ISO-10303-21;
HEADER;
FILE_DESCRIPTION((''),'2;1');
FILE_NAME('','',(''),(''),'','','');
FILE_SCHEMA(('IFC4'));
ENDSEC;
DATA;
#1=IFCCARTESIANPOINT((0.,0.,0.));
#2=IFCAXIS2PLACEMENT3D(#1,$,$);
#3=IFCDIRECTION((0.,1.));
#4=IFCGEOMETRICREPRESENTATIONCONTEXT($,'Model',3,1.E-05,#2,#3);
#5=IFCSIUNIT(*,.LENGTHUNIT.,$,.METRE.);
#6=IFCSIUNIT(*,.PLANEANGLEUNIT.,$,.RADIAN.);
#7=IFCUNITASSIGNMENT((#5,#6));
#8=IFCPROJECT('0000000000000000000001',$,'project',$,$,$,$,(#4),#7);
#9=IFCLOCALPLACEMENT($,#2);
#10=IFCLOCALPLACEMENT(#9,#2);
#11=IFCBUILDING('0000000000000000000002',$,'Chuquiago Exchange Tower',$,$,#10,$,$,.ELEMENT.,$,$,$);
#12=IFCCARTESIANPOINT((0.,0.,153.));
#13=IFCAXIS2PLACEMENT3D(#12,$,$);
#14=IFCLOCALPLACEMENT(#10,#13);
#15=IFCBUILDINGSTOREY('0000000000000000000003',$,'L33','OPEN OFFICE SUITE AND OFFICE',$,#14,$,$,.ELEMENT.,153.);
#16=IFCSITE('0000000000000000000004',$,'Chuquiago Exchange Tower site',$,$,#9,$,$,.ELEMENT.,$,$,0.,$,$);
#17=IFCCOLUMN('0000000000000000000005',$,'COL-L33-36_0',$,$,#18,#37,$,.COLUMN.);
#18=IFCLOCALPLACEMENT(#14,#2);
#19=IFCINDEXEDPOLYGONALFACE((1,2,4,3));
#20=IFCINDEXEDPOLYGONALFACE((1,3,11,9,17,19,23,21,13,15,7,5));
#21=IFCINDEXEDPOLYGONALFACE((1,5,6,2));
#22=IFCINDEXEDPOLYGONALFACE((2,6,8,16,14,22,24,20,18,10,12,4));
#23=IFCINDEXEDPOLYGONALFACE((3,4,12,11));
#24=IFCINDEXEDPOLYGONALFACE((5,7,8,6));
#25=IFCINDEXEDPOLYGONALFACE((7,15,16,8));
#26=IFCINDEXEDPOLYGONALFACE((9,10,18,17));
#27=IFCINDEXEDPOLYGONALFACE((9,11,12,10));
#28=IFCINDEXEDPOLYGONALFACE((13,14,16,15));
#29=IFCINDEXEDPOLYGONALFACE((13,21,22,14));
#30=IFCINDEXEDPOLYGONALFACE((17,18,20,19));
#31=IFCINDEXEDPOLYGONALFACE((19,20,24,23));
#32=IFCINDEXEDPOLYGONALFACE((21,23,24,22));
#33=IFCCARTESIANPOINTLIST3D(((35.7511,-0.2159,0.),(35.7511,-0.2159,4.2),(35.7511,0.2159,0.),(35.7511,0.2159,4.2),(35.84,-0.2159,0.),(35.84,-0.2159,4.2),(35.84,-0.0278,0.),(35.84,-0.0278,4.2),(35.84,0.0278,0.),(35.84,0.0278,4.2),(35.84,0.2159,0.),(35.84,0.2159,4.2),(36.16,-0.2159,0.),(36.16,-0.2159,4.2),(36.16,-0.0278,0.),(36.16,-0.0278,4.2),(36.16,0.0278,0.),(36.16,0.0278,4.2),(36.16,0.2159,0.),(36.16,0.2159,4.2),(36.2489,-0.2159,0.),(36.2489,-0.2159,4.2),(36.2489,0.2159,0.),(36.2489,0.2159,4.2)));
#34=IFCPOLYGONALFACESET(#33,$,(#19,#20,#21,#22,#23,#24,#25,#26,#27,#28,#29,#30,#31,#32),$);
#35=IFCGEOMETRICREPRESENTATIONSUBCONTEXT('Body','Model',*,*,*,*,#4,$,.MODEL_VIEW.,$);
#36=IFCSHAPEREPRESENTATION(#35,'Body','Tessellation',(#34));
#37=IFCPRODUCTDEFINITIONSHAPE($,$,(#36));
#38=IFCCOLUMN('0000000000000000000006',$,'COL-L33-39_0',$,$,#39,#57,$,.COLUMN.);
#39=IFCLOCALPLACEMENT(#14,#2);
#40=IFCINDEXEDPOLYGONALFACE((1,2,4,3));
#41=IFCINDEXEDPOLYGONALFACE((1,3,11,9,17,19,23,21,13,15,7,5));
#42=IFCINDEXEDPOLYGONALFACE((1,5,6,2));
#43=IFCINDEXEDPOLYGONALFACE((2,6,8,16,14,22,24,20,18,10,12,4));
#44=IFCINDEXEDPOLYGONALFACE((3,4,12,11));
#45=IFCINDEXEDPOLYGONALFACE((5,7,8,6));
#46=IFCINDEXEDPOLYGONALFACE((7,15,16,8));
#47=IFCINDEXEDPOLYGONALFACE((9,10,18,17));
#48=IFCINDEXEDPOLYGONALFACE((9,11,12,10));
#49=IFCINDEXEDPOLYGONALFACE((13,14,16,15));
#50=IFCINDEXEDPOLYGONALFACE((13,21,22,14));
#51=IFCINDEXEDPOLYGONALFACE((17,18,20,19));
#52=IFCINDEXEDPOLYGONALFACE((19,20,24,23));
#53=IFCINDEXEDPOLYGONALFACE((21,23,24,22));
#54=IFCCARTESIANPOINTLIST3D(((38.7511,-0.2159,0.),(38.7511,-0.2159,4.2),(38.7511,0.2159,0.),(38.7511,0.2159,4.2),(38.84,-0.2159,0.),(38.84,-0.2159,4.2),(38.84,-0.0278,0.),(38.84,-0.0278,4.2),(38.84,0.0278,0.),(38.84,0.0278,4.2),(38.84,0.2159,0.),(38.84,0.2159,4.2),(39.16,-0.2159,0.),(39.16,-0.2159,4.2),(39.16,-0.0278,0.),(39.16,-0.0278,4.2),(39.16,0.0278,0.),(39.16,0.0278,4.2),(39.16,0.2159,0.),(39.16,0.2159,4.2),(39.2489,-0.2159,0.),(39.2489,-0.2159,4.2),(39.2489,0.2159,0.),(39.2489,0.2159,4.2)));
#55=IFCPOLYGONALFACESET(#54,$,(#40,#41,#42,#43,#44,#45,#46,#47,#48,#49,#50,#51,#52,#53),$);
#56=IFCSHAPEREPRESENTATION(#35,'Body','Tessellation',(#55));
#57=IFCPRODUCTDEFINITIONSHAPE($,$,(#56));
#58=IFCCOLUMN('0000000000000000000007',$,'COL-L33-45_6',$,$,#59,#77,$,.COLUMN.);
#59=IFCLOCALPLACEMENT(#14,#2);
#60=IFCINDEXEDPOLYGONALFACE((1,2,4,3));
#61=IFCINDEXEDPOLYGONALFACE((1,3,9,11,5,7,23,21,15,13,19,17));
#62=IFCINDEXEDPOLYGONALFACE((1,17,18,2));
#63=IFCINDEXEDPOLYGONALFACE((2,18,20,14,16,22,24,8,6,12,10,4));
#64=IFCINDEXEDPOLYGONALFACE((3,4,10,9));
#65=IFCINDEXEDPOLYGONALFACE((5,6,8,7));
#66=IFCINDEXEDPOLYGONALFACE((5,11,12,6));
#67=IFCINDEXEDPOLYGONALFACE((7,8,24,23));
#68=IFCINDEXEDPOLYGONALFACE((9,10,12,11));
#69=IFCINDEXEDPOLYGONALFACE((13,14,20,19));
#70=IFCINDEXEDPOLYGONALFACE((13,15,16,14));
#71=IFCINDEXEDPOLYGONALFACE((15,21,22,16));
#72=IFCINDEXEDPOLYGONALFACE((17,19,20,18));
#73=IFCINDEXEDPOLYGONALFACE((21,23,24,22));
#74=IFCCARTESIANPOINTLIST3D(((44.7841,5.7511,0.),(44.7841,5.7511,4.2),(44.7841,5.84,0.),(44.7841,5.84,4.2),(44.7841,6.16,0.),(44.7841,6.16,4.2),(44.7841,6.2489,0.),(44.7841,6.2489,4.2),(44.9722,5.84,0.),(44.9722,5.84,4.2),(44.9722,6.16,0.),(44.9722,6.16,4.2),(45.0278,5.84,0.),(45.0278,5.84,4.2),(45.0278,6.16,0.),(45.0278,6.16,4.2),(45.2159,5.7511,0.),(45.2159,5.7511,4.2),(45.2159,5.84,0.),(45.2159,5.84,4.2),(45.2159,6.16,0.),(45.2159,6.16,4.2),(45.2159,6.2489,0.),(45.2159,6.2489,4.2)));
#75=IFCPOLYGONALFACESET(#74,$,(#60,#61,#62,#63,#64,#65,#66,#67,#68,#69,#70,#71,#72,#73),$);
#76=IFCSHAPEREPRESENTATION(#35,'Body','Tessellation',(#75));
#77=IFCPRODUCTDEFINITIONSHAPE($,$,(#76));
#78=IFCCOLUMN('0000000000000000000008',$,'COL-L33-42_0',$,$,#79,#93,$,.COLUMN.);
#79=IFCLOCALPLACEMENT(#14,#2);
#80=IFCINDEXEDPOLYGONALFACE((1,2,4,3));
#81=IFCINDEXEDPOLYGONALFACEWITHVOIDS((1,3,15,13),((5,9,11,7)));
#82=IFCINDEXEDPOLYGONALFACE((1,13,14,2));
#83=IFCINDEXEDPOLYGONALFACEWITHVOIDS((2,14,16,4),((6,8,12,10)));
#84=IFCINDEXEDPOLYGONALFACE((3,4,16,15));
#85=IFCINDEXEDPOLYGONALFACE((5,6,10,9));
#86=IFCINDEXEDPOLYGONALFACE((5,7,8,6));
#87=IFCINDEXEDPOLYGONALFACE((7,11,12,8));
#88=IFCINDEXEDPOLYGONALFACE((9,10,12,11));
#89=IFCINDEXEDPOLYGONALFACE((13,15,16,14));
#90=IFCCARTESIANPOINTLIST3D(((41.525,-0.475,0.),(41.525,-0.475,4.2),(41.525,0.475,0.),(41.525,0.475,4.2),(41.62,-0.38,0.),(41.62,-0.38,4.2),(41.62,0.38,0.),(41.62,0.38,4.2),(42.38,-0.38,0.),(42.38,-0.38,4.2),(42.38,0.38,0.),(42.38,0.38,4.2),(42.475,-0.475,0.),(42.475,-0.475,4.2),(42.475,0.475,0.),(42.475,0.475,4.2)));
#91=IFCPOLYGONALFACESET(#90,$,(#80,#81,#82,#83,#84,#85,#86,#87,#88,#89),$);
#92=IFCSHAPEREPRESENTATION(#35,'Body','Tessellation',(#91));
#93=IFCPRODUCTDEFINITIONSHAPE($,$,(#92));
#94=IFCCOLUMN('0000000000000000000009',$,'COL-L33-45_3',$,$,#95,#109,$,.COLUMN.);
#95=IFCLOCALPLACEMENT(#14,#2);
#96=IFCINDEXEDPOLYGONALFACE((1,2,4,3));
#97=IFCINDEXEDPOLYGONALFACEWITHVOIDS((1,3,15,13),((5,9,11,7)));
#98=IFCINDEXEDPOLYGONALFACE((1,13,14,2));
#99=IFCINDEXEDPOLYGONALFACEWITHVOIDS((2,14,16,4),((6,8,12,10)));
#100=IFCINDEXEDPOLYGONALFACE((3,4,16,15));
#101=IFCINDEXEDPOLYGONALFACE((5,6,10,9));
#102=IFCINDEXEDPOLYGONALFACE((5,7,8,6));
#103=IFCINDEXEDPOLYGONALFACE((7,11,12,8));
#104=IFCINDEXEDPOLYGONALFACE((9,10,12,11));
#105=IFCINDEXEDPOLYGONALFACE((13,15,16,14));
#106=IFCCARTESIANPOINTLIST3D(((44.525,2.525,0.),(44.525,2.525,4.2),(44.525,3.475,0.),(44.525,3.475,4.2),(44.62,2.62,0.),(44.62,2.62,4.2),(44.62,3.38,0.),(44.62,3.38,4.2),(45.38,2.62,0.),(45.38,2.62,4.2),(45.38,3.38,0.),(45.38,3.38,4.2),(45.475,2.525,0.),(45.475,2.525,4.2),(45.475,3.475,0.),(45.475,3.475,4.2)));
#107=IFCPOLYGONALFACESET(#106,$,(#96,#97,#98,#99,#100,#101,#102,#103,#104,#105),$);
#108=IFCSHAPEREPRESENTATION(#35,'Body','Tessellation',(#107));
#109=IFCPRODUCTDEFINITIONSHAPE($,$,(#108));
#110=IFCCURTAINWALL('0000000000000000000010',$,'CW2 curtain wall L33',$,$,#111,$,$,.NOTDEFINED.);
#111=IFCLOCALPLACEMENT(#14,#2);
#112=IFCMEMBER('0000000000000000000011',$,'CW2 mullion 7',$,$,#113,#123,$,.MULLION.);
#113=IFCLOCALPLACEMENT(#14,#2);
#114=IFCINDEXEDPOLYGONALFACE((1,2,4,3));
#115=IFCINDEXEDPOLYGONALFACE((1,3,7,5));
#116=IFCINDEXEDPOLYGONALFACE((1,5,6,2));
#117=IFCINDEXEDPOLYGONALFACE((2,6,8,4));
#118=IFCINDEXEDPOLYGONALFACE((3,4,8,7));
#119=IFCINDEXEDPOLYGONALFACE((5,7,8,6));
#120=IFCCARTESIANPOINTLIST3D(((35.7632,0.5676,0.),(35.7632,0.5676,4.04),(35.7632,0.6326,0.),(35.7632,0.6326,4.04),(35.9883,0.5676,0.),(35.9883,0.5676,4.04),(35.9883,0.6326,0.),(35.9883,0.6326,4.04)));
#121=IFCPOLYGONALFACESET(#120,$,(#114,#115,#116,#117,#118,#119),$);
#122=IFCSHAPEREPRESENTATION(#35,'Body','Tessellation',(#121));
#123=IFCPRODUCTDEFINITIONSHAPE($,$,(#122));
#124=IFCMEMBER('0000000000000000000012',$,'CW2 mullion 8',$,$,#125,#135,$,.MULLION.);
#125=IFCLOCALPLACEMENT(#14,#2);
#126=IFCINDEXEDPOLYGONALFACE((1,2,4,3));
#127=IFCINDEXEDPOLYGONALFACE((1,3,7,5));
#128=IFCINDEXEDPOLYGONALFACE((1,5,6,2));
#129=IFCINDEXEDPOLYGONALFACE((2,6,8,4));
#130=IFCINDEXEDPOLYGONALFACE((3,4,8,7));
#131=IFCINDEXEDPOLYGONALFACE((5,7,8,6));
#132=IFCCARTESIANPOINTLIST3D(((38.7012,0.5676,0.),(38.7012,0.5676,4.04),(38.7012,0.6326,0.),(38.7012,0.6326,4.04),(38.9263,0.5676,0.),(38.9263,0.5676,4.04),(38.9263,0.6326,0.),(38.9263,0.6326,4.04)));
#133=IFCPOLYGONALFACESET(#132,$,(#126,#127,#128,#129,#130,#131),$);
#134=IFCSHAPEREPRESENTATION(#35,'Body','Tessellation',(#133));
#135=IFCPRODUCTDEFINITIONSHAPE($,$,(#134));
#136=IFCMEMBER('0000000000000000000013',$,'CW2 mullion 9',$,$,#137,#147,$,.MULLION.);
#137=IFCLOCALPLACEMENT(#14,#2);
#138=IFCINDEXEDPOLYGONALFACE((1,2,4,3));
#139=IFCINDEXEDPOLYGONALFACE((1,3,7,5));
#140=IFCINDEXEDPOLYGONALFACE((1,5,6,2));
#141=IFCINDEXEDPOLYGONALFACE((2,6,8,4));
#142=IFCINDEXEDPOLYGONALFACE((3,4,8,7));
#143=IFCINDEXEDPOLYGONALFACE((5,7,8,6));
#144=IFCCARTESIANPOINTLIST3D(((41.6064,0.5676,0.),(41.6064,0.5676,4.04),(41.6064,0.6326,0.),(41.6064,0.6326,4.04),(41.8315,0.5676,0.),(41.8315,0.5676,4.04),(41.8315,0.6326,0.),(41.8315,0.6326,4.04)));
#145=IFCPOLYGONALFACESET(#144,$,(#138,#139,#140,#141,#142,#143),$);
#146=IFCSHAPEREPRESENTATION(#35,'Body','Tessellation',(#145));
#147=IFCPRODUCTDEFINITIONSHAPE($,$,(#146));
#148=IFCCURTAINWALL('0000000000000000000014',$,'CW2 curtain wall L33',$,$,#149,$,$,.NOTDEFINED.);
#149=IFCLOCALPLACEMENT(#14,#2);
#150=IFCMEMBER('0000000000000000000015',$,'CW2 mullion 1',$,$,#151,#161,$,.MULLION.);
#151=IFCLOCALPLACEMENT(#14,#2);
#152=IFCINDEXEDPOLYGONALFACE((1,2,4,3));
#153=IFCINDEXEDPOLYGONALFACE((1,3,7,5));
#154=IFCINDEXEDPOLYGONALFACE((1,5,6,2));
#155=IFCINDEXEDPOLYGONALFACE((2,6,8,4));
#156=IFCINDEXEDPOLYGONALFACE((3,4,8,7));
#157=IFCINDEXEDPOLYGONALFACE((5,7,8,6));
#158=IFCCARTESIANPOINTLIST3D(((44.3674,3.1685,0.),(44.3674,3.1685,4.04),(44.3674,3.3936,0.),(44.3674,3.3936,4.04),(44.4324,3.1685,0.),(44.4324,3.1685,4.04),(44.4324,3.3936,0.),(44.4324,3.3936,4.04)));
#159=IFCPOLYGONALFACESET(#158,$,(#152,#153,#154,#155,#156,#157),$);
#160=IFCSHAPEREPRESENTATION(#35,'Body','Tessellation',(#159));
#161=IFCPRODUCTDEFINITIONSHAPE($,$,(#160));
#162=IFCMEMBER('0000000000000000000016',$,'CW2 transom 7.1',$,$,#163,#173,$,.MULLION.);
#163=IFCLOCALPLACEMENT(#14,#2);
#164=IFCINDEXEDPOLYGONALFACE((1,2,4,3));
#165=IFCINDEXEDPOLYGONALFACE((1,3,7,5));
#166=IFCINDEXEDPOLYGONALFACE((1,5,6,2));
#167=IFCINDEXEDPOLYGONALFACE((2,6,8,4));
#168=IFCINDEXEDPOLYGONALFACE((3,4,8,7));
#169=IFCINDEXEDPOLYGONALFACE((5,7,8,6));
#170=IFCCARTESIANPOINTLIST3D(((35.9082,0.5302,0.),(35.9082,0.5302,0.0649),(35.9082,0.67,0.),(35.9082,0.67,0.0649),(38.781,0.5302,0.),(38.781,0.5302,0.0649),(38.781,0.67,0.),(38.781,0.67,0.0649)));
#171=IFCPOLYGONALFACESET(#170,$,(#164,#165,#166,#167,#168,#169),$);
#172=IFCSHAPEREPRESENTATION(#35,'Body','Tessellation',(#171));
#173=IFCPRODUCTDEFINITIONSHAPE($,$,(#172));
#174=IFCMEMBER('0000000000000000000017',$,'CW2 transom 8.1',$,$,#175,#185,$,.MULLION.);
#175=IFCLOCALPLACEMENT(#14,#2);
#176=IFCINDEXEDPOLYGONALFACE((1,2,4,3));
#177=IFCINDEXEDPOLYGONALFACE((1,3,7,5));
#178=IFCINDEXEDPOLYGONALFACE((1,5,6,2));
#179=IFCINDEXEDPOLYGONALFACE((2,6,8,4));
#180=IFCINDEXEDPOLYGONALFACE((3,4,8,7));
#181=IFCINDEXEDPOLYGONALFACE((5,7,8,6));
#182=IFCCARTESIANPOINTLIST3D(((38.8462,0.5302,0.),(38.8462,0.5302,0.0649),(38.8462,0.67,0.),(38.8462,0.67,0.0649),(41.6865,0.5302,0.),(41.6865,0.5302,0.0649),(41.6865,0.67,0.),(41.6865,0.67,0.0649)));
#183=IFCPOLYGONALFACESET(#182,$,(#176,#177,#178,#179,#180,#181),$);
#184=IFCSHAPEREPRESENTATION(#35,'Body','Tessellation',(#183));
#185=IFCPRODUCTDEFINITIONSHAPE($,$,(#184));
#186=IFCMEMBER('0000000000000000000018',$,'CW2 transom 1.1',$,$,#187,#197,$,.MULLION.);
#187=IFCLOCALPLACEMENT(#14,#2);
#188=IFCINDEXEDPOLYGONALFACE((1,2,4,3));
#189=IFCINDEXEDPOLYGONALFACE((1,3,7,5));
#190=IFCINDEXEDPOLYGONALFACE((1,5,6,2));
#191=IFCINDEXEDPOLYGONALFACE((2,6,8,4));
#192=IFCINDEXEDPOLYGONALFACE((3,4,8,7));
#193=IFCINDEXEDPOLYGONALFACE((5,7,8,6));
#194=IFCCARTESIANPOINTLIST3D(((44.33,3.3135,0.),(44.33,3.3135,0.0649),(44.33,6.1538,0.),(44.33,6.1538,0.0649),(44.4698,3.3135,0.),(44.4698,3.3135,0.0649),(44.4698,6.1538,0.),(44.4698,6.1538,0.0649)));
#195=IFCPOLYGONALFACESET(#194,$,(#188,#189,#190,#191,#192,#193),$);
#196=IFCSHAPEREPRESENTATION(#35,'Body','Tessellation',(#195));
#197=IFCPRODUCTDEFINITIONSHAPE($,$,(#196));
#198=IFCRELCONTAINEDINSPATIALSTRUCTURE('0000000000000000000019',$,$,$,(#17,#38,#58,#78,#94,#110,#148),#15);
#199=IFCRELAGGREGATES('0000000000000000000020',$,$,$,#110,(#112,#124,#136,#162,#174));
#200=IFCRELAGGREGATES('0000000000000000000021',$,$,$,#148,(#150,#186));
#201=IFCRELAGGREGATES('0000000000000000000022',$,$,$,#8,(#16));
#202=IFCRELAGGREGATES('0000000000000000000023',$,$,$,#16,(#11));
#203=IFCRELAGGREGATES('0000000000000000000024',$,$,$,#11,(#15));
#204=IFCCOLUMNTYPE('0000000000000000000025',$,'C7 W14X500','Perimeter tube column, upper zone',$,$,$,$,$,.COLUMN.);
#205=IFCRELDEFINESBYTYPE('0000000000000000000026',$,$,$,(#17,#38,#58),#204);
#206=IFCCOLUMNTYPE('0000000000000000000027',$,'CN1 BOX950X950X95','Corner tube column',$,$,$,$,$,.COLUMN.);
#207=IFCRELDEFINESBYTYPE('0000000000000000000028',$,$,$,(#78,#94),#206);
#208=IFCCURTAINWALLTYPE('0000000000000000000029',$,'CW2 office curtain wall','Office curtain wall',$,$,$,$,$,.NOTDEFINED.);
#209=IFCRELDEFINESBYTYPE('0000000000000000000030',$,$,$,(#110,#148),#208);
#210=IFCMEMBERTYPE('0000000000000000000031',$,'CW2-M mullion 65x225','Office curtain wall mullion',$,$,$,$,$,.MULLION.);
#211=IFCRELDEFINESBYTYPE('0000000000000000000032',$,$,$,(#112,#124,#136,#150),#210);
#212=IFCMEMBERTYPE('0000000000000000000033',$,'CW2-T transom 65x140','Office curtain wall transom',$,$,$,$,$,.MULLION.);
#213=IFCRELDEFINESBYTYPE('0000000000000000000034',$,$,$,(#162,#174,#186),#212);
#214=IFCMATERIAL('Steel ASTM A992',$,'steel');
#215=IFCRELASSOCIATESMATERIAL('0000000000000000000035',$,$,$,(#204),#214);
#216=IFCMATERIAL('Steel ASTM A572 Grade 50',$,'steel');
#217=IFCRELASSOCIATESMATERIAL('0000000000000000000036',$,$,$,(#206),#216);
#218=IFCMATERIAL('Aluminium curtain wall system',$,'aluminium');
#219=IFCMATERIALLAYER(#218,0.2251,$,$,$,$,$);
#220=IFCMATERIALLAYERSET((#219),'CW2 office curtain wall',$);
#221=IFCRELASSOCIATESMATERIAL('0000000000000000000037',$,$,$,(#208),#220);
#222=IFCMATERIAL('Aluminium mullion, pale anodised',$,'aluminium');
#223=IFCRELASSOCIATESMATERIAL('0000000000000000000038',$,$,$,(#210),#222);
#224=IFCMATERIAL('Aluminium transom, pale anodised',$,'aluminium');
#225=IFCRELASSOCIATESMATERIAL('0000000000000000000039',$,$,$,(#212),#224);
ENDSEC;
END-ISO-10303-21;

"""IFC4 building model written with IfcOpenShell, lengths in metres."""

from ifc_helpers import new_model, si_unit, direction, frame, origin, origin_2d, place, context, subcontext, project, spatial, rectangle, hollow_rectangle, i_section, extrude, material, layer, layer_set, material_profile, profile_set, type_object, element, aggregate, save


model = new_model("IFC4")

# Units and contexts
model_context = context("Model", 3, precision=1e-05, world=origin(), true_north=direction((0.0, 1.0)))
body_context = subcontext(model_context, "Body", "Model", "MODEL_VIEW")
ifc_project = project(units=[si_unit("LENGTHUNIT", "METRE"), si_unit("PLANEANGLEUNIT", "RADIAN")], contexts=[model_context])

# Site, building, storey
site_placement = place(None, origin())
site = spatial("IfcSite", under=ifc_project, at=site_placement, Name="Chuquiago Exchange Tower site", CompositionType="ELEMENT", RefElevation=0.0)
building_placement = place(site_placement, origin())
building = spatial("IfcBuilding", under=site, at=building_placement, Name="Chuquiago Exchange Tower", CompositionType="ELEMENT")
storey_placement = place(building_placement, frame((0.0, 0.0, 153.0)))
storey = spatial("IfcBuildingStorey", under=building, at=storey_placement, Name="L33", Description="OPEN OFFICE SUITE AND OFFICE", CompositionType="ELEMENT", Elevation=153.0)

# Columns
ifc_material_1 = material(Name="Steel ASTM A992", Category="steel")
ifc_material_profile_1 = material_profile(ifc_material_1, i_section(OverallWidth=0.4319, OverallDepth=0.4978, WebThickness=0.0557, FlangeThickness=0.0889, at=origin_2d()), Name="W14X500")
ifc_profile_set_1 = profile_set([ifc_material_profile_1], Name="Steel ASTM A992")
column_type_1 = type_object("IfcColumnType", Name="C7 W14X500", Description="Perimeter tube column, upper zone", PredefinedType="COLUMN", material=ifc_profile_set_1)
for number, where, z_axis, x_axis, name in (
    (1, (36.0, 0.0, 0.0), (0.0, 0.0, 1.0), (0.0, -1.0, 0.0), "COL-L33-36_0"),
    (2, (39.0, 0.0, 0.0), (0.0, 0.0, 1.0), (0.0, -1.0, 0.0), "COL-L33-39_0"),
    (3, (45.0, 6.0, 0.0), (0.0, 0.0, 1.0), (1.0, 0.0, 0.0), "COL-L33-45_6"),
):
    element("IfcColumn", number, at=place(storey_placement, frame(where, z_axis=z_axis, x_axis=x_axis)), inside=storey, type_object=column_type_1, Name=name, PredefinedType="COLUMN", context=body_context, shape_type="SweptSolid", body=[
        extrude(i_section(OverallWidth=0.4319, OverallDepth=0.4978, WebThickness=0.0557, FlangeThickness=0.0889, at=origin_2d()), origin(), (0.0, 0.0, 1.0), 4.2),
    ])
ifc_material_2 = material(Name="Steel ASTM A572 Grade 50", Category="steel")
ifc_material_profile_2 = material_profile(ifc_material_2, hollow_rectangle(XDim=0.95, YDim=0.95, WallThickness=0.095, at=origin_2d()), Name="BOX950X950X95")
ifc_profile_set_2 = profile_set([ifc_material_profile_2], Name="Steel ASTM A572 Grade 50")
column_type_2 = type_object("IfcColumnType", Name="CN1 BOX950X950X95", Description="Corner tube column", PredefinedType="COLUMN", material=ifc_profile_set_2)
for number, where, z_axis, x_axis, name in (
    (4, (42.0, 0.0, 0.0), (0.0, 0.0, 1.0), (0.0, -1.0, 0.0), "COL-L33-42_0"),
    (5, (45.0, 3.0, 0.0), (0.0, 0.0, 1.0), (1.0, 0.0, 0.0), "COL-L33-45_3"),
):
    element("IfcColumn", number, at=place(storey_placement, frame(where, z_axis=z_axis, x_axis=x_axis)), inside=storey, type_object=column_type_2, Name=name, PredefinedType="COLUMN", context=body_context, shape_type="SweptSolid", body=[
        extrude(hollow_rectangle(XDim=0.95, YDim=0.95, WallThickness=0.095, at=origin_2d()), origin(), (0.0, 0.0, 1.0), 4.2),
    ])

# Curtain wall, members
ifc_material_3 = material(Name="Aluminium curtain wall system", Category="aluminium")
ifc_layer_1 = layer(ifc_material_3, 0.2251)
ifc_layer_set_1 = layer_set([ifc_layer_1], Name="CW2 office curtain wall")
curtain_wall_type_1 = type_object("IfcCurtainWallType", Name="CW2 office curtain wall", Description="Office curtain wall", PredefinedType="NOTDEFINED", material=ifc_layer_set_1)
curtain_wall_1_placement = place(storey_placement, origin())
curtain_wall_1 = element("IfcCurtainWall", 6, at=curtain_wall_1_placement, inside=storey, type_object=curtain_wall_type_1, Name="CW2 curtain wall L33", PredefinedType="NOTDEFINED")
ifc_material_4 = material(Name="Aluminium mullion, pale anodised", Category="aluminium")
ifc_material_profile_3 = material_profile(ifc_material_4, rectangle(XDim=0.0649, YDim=0.2251, at=origin_2d()), Name="AL 65x225")
ifc_profile_set_3 = profile_set([ifc_material_profile_3], Name="Aluminium mullion, pale anodised")
member_type_1 = type_object("IfcMemberType", Name="CW2-M mullion 65x225", Description="Office curtain wall mullion", PredefinedType="MULLION", material=ifc_profile_set_3)
member_1_placement = place(storey_placement, frame((35.8757, 0.6001, 0.0), z_axis=(0.0, 0.0, 1.0), x_axis=(0.0, 1.0, 0.0)))
member_1 = element("IfcMember", 7, at=member_1_placement, type_object=member_type_1, Name="CW2 mullion 7", PredefinedType="MULLION", context=body_context, shape_type="SweptSolid", body=[
    extrude(rectangle(XDim=0.0649, YDim=0.2251, at=origin_2d()), origin(), (0.0, 0.0, 1.0), 4.04),
])
member_2_placement = place(storey_placement, frame((38.8137, 0.6001, 0.0), z_axis=(0.0, 0.0, 1.0), x_axis=(0.0, 1.0, 0.0)))
member_2 = element("IfcMember", 8, at=member_2_placement, type_object=member_type_1, Name="CW2 mullion 8", PredefinedType="MULLION", context=body_context, shape_type="SweptSolid", body=[
    extrude(rectangle(XDim=0.0649, YDim=0.2251, at=origin_2d()), origin(), (0.0, 0.0, 1.0), 4.04),
])
member_3_placement = place(storey_placement, frame((41.719, 0.6001, 0.0), z_axis=(0.0, 0.0, 1.0), x_axis=(0.0, 1.0, 0.0)))
member_3 = element("IfcMember", 9, at=member_3_placement, type_object=member_type_1, Name="CW2 mullion 9", PredefinedType="MULLION", context=body_context, shape_type="SweptSolid", body=[
    extrude(rectangle(XDim=0.0649, YDim=0.2251, at=origin_2d()), origin(), (0.0, 0.0, 1.0), 4.04),
])

# Curtain wall, member
curtain_wall_2_placement = place(storey_placement, origin())
curtain_wall_2 = element("IfcCurtainWall", 10, at=curtain_wall_2_placement, inside=storey, type_object=curtain_wall_type_1, Name="CW2 curtain wall L33", PredefinedType="NOTDEFINED")
member_4_placement = place(storey_placement, frame((44.3999, 3.281, 0.0), z_axis=(0.0, 0.0, 1.0), x_axis=(-1.0, 0.0, 0.0)))
member_4 = element("IfcMember", 11, at=member_4_placement, type_object=member_type_1, Name="CW2 mullion 1", PredefinedType="MULLION", context=body_context, shape_type="SweptSolid", body=[
    extrude(rectangle(XDim=0.0649, YDim=0.2251, at=origin_2d()), origin(), (0.0, 0.0, 1.0), 4.04),
])

# Members
ifc_material_5 = material(Name="Aluminium transom, pale anodised", Category="aluminium")
ifc_material_profile_4 = material_profile(ifc_material_5, rectangle(XDim=0.1399, YDim=0.0649, at=origin_2d()), Name="AL 140x65")
ifc_profile_set_4 = profile_set([ifc_material_profile_4], Name="Aluminium transom, pale anodised")
member_type_2 = type_object("IfcMemberType", Name="CW2-T transom 65x140", Description="Office curtain wall transom", PredefinedType="MULLION", material=ifc_profile_set_4)
member_5_placement = place(storey_placement, frame((35.9082, 0.6001, 0.0325), z_axis=(1.0, 0.0, 0.0), x_axis=(0.0, 1.0, 0.0)))
member_5 = element("IfcMember", 12, at=member_5_placement, type_object=member_type_2, Name="CW2 transom 7.1", PredefinedType="MULLION", context=body_context, shape_type="SweptSolid", body=[
    extrude(rectangle(XDim=0.1399, YDim=0.0649, at=origin_2d()), origin(), (0.0, 0.0, 1.0), 2.8728),
])
member_6_placement = place(storey_placement, frame((38.8462, 0.6001, 0.0325), z_axis=(1.0, 0.0, 0.0), x_axis=(0.0, 1.0, 0.0)))
member_6 = element("IfcMember", 13, at=member_6_placement, type_object=member_type_2, Name="CW2 transom 8.1", PredefinedType="MULLION", context=body_context, shape_type="SweptSolid", body=[
    extrude(rectangle(XDim=0.1399, YDim=0.0649, at=origin_2d()), origin(), (0.0, 0.0, 1.0), 2.8403),
])
member_7_placement = place(storey_placement, frame((44.3999, 3.3135, 0.0325), z_axis=(0.0, 1.0, 0.0), x_axis=(-1.0, 0.0, 0.0)))
member_7 = element("IfcMember", 14, at=member_7_placement, type_object=member_type_2, Name="CW2 transom 1.1", PredefinedType="MULLION", context=body_context, shape_type="SweptSolid", body=[
    extrude(rectangle(XDim=0.1399, YDim=0.0649, at=origin_2d()), origin(), (0.0, 0.0, 1.0), 2.8403),
])

aggregate(curtain_wall_1, [member_1, member_2, member_3, member_5, member_6])
aggregate(curtain_wall_2, [member_4, member_7])

save(model, "model.ifc")
